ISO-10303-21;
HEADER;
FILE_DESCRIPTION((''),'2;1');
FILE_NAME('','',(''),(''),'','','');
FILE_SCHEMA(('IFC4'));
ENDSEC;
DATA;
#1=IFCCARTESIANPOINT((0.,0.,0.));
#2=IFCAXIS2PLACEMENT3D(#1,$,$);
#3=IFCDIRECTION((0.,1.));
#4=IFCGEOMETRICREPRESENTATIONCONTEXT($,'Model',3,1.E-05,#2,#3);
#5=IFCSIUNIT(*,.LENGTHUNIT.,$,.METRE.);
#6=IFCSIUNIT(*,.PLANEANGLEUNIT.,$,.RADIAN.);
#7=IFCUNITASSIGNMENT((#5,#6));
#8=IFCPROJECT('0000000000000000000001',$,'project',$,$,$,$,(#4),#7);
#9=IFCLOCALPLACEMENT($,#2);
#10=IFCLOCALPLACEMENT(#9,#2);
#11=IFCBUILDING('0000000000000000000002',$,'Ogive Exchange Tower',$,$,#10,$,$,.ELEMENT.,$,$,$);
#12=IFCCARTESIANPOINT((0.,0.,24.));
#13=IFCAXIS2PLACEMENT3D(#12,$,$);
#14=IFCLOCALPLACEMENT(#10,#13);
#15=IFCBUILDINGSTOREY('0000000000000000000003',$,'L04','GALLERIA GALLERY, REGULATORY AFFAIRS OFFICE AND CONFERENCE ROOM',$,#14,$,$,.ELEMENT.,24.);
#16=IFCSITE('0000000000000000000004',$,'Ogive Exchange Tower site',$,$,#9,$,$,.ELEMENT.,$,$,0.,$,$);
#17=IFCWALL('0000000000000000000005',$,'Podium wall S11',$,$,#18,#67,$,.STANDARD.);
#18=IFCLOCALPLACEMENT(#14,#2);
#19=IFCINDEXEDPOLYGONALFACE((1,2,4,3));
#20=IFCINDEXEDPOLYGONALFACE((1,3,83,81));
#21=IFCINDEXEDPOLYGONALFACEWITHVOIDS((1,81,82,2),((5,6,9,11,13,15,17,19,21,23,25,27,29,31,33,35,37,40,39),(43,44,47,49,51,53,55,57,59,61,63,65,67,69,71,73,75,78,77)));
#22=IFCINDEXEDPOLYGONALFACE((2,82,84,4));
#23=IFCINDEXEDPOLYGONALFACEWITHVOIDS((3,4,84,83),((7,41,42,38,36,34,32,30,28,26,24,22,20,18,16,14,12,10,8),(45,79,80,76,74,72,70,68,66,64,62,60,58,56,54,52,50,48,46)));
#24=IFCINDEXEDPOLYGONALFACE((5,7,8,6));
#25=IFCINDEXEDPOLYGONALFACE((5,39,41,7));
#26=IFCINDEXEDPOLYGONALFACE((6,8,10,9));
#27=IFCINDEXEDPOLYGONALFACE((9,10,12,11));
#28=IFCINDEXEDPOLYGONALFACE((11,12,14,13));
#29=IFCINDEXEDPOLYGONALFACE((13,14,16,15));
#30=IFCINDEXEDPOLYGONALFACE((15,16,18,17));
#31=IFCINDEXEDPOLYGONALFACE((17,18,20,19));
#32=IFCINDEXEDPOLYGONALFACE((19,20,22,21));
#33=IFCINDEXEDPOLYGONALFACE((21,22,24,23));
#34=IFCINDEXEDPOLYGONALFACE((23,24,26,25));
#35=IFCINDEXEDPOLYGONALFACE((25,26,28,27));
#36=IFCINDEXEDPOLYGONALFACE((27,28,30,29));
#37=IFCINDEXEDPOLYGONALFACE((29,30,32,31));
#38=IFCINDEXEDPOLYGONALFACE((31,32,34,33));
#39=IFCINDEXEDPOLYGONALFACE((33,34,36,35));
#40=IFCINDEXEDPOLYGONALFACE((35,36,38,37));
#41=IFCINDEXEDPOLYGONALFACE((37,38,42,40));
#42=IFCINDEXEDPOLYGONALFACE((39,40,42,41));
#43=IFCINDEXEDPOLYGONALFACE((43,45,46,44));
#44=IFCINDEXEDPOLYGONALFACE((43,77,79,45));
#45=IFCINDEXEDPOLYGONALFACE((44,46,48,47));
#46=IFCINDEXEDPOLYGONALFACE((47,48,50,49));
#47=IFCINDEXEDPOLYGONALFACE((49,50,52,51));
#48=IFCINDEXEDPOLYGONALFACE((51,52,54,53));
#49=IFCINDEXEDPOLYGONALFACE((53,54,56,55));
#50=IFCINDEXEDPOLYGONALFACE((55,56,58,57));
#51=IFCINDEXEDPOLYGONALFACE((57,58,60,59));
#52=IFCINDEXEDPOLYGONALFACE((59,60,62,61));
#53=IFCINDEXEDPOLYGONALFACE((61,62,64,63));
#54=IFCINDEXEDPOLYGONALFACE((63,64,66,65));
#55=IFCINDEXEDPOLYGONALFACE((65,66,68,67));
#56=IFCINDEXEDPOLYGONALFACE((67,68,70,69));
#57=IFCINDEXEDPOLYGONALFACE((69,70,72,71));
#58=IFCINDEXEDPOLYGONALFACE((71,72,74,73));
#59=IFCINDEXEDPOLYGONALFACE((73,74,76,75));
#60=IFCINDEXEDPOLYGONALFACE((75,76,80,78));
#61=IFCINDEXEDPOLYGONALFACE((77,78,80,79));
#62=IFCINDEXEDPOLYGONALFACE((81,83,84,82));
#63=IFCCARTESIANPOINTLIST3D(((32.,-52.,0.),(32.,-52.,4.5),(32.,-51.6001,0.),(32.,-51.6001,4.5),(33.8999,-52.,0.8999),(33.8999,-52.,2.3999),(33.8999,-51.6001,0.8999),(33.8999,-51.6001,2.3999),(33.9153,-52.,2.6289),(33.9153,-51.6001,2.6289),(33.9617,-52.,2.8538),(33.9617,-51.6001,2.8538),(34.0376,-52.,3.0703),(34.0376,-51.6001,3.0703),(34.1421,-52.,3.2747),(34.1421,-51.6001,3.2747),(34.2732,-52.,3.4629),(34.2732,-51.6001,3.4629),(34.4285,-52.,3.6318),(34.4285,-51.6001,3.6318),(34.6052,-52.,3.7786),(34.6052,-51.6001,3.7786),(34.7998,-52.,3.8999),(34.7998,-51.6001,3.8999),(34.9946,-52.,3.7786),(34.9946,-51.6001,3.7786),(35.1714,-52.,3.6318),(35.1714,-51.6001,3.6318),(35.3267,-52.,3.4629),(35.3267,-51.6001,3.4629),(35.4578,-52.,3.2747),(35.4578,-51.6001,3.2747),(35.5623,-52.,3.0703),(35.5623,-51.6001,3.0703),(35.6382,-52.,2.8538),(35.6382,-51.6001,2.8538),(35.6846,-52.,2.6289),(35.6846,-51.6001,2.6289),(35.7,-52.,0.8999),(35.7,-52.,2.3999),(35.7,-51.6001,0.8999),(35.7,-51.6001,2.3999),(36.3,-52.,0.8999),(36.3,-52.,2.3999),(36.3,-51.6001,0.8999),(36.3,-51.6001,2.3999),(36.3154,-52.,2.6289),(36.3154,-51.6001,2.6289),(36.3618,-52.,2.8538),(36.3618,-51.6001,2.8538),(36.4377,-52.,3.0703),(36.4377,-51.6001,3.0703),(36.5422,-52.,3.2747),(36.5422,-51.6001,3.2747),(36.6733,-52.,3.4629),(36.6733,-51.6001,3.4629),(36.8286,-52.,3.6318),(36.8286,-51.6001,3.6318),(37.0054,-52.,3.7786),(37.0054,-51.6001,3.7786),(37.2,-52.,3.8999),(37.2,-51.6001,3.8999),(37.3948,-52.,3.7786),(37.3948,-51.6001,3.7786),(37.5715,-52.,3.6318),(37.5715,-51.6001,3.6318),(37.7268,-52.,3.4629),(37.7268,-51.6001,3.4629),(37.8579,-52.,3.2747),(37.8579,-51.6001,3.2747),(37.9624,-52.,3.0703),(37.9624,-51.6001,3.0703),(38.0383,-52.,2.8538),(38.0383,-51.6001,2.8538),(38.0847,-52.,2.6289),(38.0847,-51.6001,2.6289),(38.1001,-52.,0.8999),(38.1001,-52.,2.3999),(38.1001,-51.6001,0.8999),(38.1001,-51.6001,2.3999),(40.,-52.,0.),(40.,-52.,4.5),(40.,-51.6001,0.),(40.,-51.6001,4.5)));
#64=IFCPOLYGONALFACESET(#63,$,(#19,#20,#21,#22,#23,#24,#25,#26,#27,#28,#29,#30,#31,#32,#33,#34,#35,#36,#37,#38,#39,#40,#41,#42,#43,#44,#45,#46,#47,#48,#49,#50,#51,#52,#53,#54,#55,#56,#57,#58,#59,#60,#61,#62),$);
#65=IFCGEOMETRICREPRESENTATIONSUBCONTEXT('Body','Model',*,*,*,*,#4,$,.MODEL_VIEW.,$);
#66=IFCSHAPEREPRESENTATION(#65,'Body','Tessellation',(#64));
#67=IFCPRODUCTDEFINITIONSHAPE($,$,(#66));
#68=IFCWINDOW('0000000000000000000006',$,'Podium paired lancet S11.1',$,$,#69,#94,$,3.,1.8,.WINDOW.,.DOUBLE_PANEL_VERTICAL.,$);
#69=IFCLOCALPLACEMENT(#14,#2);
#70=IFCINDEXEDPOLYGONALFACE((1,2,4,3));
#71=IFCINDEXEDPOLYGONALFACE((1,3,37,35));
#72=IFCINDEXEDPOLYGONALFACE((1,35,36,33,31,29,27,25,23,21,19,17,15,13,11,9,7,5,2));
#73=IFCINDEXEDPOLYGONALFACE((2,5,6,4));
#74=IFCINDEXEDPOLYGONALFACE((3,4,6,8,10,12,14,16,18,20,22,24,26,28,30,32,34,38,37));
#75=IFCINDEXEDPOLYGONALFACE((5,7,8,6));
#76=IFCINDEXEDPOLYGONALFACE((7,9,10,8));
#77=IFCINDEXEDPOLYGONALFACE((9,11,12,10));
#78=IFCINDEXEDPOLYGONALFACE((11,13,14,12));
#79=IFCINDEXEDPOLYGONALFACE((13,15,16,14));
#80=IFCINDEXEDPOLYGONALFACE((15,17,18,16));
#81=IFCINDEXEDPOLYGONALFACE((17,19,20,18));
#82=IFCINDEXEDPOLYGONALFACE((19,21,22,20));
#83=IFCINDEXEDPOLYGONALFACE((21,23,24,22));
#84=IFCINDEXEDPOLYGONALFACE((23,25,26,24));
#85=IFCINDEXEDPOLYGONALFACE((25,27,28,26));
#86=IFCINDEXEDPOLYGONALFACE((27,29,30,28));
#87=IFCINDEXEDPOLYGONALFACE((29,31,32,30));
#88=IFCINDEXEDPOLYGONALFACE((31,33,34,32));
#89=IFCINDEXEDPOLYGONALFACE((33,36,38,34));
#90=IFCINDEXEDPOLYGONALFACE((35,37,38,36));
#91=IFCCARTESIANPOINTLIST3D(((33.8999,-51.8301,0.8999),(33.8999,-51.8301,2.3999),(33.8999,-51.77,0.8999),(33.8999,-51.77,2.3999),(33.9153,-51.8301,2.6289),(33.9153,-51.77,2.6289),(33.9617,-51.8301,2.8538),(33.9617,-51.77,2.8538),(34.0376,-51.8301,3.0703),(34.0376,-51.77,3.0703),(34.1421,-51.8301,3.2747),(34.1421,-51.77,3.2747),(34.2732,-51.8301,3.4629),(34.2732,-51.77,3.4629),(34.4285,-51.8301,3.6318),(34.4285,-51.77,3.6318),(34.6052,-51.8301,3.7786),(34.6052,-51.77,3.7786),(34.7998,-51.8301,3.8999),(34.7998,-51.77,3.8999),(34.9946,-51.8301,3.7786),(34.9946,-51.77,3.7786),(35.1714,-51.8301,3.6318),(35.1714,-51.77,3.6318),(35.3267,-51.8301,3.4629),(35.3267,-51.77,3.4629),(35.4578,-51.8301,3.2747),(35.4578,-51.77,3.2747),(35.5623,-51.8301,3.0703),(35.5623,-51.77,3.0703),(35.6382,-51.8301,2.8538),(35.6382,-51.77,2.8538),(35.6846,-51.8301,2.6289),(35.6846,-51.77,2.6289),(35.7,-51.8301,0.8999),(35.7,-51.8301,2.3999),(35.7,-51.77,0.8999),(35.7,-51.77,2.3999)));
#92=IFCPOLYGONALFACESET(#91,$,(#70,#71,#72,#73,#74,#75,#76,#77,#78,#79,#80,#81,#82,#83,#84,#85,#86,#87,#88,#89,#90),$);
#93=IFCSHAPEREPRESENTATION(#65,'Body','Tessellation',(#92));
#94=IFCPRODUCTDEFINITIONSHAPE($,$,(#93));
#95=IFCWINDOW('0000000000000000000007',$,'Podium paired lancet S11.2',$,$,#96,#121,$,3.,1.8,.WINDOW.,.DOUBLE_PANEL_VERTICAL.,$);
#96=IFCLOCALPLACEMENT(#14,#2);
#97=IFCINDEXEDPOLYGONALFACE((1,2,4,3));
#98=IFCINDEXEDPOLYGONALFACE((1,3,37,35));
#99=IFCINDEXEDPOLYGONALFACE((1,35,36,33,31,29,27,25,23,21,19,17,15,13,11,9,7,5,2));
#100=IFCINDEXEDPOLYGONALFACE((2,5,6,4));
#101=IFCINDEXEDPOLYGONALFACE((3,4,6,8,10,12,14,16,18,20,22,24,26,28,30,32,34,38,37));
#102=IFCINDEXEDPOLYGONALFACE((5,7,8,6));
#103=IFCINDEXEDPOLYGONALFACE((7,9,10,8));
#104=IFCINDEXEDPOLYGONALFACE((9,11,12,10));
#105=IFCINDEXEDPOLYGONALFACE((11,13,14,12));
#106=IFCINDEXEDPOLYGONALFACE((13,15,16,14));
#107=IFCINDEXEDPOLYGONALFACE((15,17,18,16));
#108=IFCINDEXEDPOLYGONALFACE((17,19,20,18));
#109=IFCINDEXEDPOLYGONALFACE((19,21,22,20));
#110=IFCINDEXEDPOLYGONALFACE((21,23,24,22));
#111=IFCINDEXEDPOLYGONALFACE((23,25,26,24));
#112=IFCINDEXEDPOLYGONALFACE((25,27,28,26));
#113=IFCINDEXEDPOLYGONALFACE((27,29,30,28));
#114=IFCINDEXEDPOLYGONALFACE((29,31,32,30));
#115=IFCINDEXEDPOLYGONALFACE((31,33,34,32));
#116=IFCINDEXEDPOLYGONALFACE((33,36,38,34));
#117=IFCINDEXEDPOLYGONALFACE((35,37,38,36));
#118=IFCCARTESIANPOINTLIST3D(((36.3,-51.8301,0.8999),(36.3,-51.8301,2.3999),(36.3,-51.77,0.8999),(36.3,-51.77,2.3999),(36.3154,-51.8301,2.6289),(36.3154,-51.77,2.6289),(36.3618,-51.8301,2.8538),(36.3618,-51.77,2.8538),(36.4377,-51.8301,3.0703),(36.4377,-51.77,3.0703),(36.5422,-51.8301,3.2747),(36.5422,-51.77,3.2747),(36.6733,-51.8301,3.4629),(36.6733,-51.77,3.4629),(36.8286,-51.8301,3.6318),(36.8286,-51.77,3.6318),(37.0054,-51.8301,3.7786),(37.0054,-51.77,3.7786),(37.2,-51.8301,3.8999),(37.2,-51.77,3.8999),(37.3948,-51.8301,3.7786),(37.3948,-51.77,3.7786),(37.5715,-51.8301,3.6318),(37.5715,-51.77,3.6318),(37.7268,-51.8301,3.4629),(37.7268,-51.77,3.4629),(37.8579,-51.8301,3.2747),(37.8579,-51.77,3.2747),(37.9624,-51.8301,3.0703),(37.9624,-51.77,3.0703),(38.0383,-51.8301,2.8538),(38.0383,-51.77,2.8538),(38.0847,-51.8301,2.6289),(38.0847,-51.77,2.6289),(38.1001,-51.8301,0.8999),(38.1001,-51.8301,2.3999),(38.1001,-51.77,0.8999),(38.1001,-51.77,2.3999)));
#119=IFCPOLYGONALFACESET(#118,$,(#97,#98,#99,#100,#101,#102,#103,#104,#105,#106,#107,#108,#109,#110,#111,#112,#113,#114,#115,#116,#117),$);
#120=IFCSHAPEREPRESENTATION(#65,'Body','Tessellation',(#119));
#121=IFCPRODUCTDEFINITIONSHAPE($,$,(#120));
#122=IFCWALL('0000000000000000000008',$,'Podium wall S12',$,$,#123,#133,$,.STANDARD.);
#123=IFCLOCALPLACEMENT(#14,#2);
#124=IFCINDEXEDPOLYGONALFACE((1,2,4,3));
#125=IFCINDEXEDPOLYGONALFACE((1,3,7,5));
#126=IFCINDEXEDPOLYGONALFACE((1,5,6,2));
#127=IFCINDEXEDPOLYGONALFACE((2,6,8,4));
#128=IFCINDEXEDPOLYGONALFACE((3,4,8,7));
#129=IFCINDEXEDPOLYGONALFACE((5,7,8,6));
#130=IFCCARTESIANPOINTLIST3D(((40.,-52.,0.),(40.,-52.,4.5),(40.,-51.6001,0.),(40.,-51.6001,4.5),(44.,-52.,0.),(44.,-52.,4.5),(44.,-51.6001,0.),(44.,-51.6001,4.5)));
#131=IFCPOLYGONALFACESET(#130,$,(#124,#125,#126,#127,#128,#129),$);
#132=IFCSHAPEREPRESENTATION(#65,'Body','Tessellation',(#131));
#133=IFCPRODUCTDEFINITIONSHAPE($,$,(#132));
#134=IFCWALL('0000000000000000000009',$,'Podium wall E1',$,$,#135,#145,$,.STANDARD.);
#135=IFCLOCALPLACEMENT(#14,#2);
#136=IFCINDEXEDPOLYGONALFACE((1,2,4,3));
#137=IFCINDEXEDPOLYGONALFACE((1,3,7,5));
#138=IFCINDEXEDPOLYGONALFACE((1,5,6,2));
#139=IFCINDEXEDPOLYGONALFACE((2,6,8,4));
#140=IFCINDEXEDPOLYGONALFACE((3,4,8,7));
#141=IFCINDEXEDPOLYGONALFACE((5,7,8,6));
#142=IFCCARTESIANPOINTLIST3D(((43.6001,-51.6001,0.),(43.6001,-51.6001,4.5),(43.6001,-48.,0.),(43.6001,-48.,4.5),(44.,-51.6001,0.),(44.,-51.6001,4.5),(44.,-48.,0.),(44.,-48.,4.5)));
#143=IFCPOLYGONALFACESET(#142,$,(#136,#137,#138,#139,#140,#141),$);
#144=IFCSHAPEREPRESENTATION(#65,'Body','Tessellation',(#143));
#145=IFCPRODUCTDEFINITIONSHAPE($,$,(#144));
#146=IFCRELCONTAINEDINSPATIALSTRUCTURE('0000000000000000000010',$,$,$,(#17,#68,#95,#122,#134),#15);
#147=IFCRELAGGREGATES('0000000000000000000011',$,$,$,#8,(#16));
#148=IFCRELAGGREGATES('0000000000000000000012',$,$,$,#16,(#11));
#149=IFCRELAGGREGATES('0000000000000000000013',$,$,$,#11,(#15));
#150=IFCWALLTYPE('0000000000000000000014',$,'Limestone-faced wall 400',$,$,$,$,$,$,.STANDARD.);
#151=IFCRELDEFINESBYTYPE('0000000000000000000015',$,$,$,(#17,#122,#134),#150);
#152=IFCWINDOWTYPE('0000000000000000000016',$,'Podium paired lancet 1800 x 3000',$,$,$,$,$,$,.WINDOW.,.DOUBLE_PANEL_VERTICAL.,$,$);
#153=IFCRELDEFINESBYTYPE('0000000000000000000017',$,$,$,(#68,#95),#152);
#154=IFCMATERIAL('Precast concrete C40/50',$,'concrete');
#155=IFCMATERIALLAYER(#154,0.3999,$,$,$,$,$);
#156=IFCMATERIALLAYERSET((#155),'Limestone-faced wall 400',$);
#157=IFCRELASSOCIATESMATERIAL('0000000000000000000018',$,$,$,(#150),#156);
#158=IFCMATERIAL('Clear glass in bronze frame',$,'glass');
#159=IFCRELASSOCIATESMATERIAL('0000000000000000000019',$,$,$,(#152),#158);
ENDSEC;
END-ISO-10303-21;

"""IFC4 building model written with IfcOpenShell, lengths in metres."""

from ifc_helpers import new_model, si_unit, direction, frame, frame_2d, origin, place, context, subcontext, project, spatial, polyline, rectangle, outline, extrude, material, layer, layer_set, type_object, element, fill, save


model = new_model("IFC4")

# Units and contexts
model_context = context("Model", 3, precision=1e-05, world=origin(), true_north=direction((0.0, 1.0)))
body_context = subcontext(model_context, "Body", "Model", "MODEL_VIEW")
ifc_project = project(units=[si_unit("LENGTHUNIT", "METRE"), si_unit("PLANEANGLEUNIT", "RADIAN")], contexts=[model_context])

# Site, building, storey
site_placement = place(None, origin())
site = spatial("IfcSite", under=ifc_project, at=site_placement, Name="Ogive Exchange Tower site", CompositionType="ELEMENT", RefElevation=0.0)
building_placement = place(site_placement, origin())
building = spatial("IfcBuilding", under=site, at=building_placement, Name="Ogive Exchange Tower", CompositionType="ELEMENT")
storey_placement = place(building_placement, frame((0.0, 0.0, 24.0)))
storey = spatial("IfcBuildingStorey", under=building, at=storey_placement, Name="L04", Description="GALLERIA GALLERY, REGULATORY AFFAIRS OFFICE AND CONFERENCE ROOM", CompositionType="ELEMENT", Elevation=24.0)

# Wall, openings, windows
ifc_material_1 = material(Name="Precast concrete C40/50", Category="concrete")
ifc_layer_1 = layer(ifc_material_1, 0.3999)
ifc_layer_set_1 = layer_set([ifc_layer_1], Name="Limestone-faced wall 400")
wall_type_1 = type_object("IfcWallType", Name="Limestone-faced wall 400", PredefinedType="STANDARD", material=ifc_layer_set_1)
wall_1_placement = place(storey_placement, frame((32.0, -51.8, 0.0), z_axis=(0.0, 0.0, 1.0), x_axis=(1.0, 0.0, 0.0)))
wall_1 = element("IfcWall", 1, at=wall_1_placement, inside=storey, type_object=wall_type_1, Name="Podium wall S11", PredefinedType="STANDARD", context=body_context, shape_type="SweptSolid", body=[
    extrude(rectangle(XDim=8.0, YDim=0.3999, at=frame_2d((4.0, 0.0))), origin(), (0.0, 0.0, 1.0), 4.5),
])
opening_1_placement = place(wall_1_placement, frame((1.8999, 0.0, 0.8999)))
opening_1 = element("IfcOpeningElement", 2, at=opening_1_placement, cuts=wall_1, PredefinedType="OPENING", context=body_context, shape_type="SweptSolid", body=[
    extrude(outline(polyline([(0.0, 0.0), (1.8, 0.0), (1.8, 1.5), (1.7847, 1.729), (1.7383, 1.9539), (1.6624, 2.1704), (1.5579, 2.3748), (1.4268, 2.563), (1.2715, 2.7319), (1.0947, 2.8787), (0.8999, 3.0), (0.7053, 2.8787), (0.5286, 2.7319), (0.3733, 2.563), (0.2422, 2.3748), (0.1377, 2.1704), (0.0618, 1.9539), (0.0154, 1.729), (0.0, 1.5), (0.0, 0.0)])), frame((0.0, 0.21, 0.0), z_axis=(0.0, -1.0, 0.0), x_axis=(1.0, 0.0, 0.0)), (0.0, 0.0, 1.0), 0.4199),
])
opening_2_placement = place(wall_1_placement, frame((4.3, 0.0, 0.8999)))
opening_2 = element("IfcOpeningElement", 3, at=opening_2_placement, cuts=wall_1, PredefinedType="OPENING", context=body_context, shape_type="SweptSolid", body=[
    extrude(outline(polyline([(0.0, 0.0), (1.8, 0.0), (1.8, 1.5), (1.7847, 1.729), (1.7383, 1.9539), (1.6624, 2.1704), (1.5579, 2.3748), (1.4268, 2.563), (1.2715, 2.7319), (1.0947, 2.8787), (0.8999, 3.0), (0.7053, 2.8787), (0.5286, 2.7319), (0.3733, 2.563), (0.2422, 2.3748), (0.1377, 2.1704), (0.0618, 1.9539), (0.0154, 1.729), (0.0, 1.5), (0.0, 0.0)])), frame((0.0, 0.21, 0.0), z_axis=(0.0, -1.0, 0.0), x_axis=(1.0, 0.0, 0.0)), (0.0, 0.0, 1.0), 0.4199),
])
ifc_material_2 = material(Name="Clear glass in bronze frame", Category="glass")
window_type_1 = type_object("IfcWindowType", Name="Podium paired lancet 1800 x 3000", PartitioningType="DOUBLE_PANEL_VERTICAL", PredefinedType="WINDOW", material=ifc_material_2)
window_1_placement = place(opening_1_placement, origin())
window_1 = element("IfcWindow", 4, at=window_1_placement, inside=storey, type_object=window_type_1, Name="Podium paired lancet S11.1", OverallHeight=3.0, OverallWidth=1.8, PartitioningType="DOUBLE_PANEL_VERTICAL", PredefinedType="WINDOW", context=body_context, shape_type="SweptSolid", body=[
    extrude(outline(polyline([(0.0, 0.0), (1.8, 0.0), (1.8, 1.5), (1.7847, 1.729), (1.7383, 1.9539), (1.6624, 2.1704), (1.5579, 2.3748), (1.4268, 2.563), (1.2715, 2.7319), (1.0947, 2.8787), (0.8999, 3.0), (0.7053, 2.8787), (0.5286, 2.7319), (0.3733, 2.563), (0.2422, 2.3748), (0.1377, 2.1704), (0.0618, 1.9539), (0.0154, 1.729), (0.0, 1.5), (0.0, 0.0)])), frame((0.0, 0.03, 0.0), z_axis=(0.0, -1.0, 0.0), x_axis=(1.0, 0.0, 0.0)), (0.0, 0.0, 1.0), 0.0601),
])
fill(opening_1, window_1)
window_2_placement = place(opening_2_placement, origin())
window_2 = element("IfcWindow", 5, at=window_2_placement, inside=storey, type_object=window_type_1, Name="Podium paired lancet S11.2", OverallHeight=3.0, OverallWidth=1.8, PartitioningType="DOUBLE_PANEL_VERTICAL", PredefinedType="WINDOW", context=body_context, shape_type="SweptSolid", body=[
    extrude(outline(polyline([(0.0, 0.0), (1.8, 0.0), (1.8, 1.5), (1.7847, 1.729), (1.7383, 1.9539), (1.6624, 2.1704), (1.5579, 2.3748), (1.4268, 2.563), (1.2715, 2.7319), (1.0947, 2.8787), (0.8999, 3.0), (0.7053, 2.8787), (0.5286, 2.7319), (0.3733, 2.563), (0.2422, 2.3748), (0.1377, 2.1704), (0.0618, 1.9539), (0.0154, 1.729), (0.0, 1.5), (0.0, 0.0)])), frame((0.0, 0.03, 0.0), z_axis=(0.0, -1.0, 0.0), x_axis=(1.0, 0.0, 0.0)), (0.0, 0.0, 1.0), 0.0601),
])
fill(opening_2, window_2)

# Walls
wall_2_placement = place(storey_placement, frame((40.0, -51.8, 0.0), z_axis=(0.0, 0.0, 1.0), x_axis=(1.0, 0.0, 0.0)))
element("IfcWall", 6, at=wall_2_placement, inside=storey, type_object=wall_type_1, Name="Podium wall S12", PredefinedType="STANDARD", context=body_context, shape_type="SweptSolid", body=[
    extrude(rectangle(XDim=4.0, YDim=0.3999, at=frame_2d((2.0, 0.0))), origin(), (0.0, 0.0, 1.0), 4.5),
])
wall_3_placement = place(storey_placement, frame((43.8, -51.6001, 0.0), z_axis=(0.0, 0.0, 1.0), x_axis=(0.0, 1.0, 0.0)))
element("IfcWall", 7, at=wall_3_placement, inside=storey, type_object=wall_type_1, Name="Podium wall E1", PredefinedType="STANDARD", context=body_context, shape_type="SweptSolid", body=[
    extrude(rectangle(XDim=3.6001, YDim=0.3999, at=frame_2d((1.8, 0.0))), origin(), (0.0, 0.0, 1.0), 4.5),
])

save(model, "model.ifc")
